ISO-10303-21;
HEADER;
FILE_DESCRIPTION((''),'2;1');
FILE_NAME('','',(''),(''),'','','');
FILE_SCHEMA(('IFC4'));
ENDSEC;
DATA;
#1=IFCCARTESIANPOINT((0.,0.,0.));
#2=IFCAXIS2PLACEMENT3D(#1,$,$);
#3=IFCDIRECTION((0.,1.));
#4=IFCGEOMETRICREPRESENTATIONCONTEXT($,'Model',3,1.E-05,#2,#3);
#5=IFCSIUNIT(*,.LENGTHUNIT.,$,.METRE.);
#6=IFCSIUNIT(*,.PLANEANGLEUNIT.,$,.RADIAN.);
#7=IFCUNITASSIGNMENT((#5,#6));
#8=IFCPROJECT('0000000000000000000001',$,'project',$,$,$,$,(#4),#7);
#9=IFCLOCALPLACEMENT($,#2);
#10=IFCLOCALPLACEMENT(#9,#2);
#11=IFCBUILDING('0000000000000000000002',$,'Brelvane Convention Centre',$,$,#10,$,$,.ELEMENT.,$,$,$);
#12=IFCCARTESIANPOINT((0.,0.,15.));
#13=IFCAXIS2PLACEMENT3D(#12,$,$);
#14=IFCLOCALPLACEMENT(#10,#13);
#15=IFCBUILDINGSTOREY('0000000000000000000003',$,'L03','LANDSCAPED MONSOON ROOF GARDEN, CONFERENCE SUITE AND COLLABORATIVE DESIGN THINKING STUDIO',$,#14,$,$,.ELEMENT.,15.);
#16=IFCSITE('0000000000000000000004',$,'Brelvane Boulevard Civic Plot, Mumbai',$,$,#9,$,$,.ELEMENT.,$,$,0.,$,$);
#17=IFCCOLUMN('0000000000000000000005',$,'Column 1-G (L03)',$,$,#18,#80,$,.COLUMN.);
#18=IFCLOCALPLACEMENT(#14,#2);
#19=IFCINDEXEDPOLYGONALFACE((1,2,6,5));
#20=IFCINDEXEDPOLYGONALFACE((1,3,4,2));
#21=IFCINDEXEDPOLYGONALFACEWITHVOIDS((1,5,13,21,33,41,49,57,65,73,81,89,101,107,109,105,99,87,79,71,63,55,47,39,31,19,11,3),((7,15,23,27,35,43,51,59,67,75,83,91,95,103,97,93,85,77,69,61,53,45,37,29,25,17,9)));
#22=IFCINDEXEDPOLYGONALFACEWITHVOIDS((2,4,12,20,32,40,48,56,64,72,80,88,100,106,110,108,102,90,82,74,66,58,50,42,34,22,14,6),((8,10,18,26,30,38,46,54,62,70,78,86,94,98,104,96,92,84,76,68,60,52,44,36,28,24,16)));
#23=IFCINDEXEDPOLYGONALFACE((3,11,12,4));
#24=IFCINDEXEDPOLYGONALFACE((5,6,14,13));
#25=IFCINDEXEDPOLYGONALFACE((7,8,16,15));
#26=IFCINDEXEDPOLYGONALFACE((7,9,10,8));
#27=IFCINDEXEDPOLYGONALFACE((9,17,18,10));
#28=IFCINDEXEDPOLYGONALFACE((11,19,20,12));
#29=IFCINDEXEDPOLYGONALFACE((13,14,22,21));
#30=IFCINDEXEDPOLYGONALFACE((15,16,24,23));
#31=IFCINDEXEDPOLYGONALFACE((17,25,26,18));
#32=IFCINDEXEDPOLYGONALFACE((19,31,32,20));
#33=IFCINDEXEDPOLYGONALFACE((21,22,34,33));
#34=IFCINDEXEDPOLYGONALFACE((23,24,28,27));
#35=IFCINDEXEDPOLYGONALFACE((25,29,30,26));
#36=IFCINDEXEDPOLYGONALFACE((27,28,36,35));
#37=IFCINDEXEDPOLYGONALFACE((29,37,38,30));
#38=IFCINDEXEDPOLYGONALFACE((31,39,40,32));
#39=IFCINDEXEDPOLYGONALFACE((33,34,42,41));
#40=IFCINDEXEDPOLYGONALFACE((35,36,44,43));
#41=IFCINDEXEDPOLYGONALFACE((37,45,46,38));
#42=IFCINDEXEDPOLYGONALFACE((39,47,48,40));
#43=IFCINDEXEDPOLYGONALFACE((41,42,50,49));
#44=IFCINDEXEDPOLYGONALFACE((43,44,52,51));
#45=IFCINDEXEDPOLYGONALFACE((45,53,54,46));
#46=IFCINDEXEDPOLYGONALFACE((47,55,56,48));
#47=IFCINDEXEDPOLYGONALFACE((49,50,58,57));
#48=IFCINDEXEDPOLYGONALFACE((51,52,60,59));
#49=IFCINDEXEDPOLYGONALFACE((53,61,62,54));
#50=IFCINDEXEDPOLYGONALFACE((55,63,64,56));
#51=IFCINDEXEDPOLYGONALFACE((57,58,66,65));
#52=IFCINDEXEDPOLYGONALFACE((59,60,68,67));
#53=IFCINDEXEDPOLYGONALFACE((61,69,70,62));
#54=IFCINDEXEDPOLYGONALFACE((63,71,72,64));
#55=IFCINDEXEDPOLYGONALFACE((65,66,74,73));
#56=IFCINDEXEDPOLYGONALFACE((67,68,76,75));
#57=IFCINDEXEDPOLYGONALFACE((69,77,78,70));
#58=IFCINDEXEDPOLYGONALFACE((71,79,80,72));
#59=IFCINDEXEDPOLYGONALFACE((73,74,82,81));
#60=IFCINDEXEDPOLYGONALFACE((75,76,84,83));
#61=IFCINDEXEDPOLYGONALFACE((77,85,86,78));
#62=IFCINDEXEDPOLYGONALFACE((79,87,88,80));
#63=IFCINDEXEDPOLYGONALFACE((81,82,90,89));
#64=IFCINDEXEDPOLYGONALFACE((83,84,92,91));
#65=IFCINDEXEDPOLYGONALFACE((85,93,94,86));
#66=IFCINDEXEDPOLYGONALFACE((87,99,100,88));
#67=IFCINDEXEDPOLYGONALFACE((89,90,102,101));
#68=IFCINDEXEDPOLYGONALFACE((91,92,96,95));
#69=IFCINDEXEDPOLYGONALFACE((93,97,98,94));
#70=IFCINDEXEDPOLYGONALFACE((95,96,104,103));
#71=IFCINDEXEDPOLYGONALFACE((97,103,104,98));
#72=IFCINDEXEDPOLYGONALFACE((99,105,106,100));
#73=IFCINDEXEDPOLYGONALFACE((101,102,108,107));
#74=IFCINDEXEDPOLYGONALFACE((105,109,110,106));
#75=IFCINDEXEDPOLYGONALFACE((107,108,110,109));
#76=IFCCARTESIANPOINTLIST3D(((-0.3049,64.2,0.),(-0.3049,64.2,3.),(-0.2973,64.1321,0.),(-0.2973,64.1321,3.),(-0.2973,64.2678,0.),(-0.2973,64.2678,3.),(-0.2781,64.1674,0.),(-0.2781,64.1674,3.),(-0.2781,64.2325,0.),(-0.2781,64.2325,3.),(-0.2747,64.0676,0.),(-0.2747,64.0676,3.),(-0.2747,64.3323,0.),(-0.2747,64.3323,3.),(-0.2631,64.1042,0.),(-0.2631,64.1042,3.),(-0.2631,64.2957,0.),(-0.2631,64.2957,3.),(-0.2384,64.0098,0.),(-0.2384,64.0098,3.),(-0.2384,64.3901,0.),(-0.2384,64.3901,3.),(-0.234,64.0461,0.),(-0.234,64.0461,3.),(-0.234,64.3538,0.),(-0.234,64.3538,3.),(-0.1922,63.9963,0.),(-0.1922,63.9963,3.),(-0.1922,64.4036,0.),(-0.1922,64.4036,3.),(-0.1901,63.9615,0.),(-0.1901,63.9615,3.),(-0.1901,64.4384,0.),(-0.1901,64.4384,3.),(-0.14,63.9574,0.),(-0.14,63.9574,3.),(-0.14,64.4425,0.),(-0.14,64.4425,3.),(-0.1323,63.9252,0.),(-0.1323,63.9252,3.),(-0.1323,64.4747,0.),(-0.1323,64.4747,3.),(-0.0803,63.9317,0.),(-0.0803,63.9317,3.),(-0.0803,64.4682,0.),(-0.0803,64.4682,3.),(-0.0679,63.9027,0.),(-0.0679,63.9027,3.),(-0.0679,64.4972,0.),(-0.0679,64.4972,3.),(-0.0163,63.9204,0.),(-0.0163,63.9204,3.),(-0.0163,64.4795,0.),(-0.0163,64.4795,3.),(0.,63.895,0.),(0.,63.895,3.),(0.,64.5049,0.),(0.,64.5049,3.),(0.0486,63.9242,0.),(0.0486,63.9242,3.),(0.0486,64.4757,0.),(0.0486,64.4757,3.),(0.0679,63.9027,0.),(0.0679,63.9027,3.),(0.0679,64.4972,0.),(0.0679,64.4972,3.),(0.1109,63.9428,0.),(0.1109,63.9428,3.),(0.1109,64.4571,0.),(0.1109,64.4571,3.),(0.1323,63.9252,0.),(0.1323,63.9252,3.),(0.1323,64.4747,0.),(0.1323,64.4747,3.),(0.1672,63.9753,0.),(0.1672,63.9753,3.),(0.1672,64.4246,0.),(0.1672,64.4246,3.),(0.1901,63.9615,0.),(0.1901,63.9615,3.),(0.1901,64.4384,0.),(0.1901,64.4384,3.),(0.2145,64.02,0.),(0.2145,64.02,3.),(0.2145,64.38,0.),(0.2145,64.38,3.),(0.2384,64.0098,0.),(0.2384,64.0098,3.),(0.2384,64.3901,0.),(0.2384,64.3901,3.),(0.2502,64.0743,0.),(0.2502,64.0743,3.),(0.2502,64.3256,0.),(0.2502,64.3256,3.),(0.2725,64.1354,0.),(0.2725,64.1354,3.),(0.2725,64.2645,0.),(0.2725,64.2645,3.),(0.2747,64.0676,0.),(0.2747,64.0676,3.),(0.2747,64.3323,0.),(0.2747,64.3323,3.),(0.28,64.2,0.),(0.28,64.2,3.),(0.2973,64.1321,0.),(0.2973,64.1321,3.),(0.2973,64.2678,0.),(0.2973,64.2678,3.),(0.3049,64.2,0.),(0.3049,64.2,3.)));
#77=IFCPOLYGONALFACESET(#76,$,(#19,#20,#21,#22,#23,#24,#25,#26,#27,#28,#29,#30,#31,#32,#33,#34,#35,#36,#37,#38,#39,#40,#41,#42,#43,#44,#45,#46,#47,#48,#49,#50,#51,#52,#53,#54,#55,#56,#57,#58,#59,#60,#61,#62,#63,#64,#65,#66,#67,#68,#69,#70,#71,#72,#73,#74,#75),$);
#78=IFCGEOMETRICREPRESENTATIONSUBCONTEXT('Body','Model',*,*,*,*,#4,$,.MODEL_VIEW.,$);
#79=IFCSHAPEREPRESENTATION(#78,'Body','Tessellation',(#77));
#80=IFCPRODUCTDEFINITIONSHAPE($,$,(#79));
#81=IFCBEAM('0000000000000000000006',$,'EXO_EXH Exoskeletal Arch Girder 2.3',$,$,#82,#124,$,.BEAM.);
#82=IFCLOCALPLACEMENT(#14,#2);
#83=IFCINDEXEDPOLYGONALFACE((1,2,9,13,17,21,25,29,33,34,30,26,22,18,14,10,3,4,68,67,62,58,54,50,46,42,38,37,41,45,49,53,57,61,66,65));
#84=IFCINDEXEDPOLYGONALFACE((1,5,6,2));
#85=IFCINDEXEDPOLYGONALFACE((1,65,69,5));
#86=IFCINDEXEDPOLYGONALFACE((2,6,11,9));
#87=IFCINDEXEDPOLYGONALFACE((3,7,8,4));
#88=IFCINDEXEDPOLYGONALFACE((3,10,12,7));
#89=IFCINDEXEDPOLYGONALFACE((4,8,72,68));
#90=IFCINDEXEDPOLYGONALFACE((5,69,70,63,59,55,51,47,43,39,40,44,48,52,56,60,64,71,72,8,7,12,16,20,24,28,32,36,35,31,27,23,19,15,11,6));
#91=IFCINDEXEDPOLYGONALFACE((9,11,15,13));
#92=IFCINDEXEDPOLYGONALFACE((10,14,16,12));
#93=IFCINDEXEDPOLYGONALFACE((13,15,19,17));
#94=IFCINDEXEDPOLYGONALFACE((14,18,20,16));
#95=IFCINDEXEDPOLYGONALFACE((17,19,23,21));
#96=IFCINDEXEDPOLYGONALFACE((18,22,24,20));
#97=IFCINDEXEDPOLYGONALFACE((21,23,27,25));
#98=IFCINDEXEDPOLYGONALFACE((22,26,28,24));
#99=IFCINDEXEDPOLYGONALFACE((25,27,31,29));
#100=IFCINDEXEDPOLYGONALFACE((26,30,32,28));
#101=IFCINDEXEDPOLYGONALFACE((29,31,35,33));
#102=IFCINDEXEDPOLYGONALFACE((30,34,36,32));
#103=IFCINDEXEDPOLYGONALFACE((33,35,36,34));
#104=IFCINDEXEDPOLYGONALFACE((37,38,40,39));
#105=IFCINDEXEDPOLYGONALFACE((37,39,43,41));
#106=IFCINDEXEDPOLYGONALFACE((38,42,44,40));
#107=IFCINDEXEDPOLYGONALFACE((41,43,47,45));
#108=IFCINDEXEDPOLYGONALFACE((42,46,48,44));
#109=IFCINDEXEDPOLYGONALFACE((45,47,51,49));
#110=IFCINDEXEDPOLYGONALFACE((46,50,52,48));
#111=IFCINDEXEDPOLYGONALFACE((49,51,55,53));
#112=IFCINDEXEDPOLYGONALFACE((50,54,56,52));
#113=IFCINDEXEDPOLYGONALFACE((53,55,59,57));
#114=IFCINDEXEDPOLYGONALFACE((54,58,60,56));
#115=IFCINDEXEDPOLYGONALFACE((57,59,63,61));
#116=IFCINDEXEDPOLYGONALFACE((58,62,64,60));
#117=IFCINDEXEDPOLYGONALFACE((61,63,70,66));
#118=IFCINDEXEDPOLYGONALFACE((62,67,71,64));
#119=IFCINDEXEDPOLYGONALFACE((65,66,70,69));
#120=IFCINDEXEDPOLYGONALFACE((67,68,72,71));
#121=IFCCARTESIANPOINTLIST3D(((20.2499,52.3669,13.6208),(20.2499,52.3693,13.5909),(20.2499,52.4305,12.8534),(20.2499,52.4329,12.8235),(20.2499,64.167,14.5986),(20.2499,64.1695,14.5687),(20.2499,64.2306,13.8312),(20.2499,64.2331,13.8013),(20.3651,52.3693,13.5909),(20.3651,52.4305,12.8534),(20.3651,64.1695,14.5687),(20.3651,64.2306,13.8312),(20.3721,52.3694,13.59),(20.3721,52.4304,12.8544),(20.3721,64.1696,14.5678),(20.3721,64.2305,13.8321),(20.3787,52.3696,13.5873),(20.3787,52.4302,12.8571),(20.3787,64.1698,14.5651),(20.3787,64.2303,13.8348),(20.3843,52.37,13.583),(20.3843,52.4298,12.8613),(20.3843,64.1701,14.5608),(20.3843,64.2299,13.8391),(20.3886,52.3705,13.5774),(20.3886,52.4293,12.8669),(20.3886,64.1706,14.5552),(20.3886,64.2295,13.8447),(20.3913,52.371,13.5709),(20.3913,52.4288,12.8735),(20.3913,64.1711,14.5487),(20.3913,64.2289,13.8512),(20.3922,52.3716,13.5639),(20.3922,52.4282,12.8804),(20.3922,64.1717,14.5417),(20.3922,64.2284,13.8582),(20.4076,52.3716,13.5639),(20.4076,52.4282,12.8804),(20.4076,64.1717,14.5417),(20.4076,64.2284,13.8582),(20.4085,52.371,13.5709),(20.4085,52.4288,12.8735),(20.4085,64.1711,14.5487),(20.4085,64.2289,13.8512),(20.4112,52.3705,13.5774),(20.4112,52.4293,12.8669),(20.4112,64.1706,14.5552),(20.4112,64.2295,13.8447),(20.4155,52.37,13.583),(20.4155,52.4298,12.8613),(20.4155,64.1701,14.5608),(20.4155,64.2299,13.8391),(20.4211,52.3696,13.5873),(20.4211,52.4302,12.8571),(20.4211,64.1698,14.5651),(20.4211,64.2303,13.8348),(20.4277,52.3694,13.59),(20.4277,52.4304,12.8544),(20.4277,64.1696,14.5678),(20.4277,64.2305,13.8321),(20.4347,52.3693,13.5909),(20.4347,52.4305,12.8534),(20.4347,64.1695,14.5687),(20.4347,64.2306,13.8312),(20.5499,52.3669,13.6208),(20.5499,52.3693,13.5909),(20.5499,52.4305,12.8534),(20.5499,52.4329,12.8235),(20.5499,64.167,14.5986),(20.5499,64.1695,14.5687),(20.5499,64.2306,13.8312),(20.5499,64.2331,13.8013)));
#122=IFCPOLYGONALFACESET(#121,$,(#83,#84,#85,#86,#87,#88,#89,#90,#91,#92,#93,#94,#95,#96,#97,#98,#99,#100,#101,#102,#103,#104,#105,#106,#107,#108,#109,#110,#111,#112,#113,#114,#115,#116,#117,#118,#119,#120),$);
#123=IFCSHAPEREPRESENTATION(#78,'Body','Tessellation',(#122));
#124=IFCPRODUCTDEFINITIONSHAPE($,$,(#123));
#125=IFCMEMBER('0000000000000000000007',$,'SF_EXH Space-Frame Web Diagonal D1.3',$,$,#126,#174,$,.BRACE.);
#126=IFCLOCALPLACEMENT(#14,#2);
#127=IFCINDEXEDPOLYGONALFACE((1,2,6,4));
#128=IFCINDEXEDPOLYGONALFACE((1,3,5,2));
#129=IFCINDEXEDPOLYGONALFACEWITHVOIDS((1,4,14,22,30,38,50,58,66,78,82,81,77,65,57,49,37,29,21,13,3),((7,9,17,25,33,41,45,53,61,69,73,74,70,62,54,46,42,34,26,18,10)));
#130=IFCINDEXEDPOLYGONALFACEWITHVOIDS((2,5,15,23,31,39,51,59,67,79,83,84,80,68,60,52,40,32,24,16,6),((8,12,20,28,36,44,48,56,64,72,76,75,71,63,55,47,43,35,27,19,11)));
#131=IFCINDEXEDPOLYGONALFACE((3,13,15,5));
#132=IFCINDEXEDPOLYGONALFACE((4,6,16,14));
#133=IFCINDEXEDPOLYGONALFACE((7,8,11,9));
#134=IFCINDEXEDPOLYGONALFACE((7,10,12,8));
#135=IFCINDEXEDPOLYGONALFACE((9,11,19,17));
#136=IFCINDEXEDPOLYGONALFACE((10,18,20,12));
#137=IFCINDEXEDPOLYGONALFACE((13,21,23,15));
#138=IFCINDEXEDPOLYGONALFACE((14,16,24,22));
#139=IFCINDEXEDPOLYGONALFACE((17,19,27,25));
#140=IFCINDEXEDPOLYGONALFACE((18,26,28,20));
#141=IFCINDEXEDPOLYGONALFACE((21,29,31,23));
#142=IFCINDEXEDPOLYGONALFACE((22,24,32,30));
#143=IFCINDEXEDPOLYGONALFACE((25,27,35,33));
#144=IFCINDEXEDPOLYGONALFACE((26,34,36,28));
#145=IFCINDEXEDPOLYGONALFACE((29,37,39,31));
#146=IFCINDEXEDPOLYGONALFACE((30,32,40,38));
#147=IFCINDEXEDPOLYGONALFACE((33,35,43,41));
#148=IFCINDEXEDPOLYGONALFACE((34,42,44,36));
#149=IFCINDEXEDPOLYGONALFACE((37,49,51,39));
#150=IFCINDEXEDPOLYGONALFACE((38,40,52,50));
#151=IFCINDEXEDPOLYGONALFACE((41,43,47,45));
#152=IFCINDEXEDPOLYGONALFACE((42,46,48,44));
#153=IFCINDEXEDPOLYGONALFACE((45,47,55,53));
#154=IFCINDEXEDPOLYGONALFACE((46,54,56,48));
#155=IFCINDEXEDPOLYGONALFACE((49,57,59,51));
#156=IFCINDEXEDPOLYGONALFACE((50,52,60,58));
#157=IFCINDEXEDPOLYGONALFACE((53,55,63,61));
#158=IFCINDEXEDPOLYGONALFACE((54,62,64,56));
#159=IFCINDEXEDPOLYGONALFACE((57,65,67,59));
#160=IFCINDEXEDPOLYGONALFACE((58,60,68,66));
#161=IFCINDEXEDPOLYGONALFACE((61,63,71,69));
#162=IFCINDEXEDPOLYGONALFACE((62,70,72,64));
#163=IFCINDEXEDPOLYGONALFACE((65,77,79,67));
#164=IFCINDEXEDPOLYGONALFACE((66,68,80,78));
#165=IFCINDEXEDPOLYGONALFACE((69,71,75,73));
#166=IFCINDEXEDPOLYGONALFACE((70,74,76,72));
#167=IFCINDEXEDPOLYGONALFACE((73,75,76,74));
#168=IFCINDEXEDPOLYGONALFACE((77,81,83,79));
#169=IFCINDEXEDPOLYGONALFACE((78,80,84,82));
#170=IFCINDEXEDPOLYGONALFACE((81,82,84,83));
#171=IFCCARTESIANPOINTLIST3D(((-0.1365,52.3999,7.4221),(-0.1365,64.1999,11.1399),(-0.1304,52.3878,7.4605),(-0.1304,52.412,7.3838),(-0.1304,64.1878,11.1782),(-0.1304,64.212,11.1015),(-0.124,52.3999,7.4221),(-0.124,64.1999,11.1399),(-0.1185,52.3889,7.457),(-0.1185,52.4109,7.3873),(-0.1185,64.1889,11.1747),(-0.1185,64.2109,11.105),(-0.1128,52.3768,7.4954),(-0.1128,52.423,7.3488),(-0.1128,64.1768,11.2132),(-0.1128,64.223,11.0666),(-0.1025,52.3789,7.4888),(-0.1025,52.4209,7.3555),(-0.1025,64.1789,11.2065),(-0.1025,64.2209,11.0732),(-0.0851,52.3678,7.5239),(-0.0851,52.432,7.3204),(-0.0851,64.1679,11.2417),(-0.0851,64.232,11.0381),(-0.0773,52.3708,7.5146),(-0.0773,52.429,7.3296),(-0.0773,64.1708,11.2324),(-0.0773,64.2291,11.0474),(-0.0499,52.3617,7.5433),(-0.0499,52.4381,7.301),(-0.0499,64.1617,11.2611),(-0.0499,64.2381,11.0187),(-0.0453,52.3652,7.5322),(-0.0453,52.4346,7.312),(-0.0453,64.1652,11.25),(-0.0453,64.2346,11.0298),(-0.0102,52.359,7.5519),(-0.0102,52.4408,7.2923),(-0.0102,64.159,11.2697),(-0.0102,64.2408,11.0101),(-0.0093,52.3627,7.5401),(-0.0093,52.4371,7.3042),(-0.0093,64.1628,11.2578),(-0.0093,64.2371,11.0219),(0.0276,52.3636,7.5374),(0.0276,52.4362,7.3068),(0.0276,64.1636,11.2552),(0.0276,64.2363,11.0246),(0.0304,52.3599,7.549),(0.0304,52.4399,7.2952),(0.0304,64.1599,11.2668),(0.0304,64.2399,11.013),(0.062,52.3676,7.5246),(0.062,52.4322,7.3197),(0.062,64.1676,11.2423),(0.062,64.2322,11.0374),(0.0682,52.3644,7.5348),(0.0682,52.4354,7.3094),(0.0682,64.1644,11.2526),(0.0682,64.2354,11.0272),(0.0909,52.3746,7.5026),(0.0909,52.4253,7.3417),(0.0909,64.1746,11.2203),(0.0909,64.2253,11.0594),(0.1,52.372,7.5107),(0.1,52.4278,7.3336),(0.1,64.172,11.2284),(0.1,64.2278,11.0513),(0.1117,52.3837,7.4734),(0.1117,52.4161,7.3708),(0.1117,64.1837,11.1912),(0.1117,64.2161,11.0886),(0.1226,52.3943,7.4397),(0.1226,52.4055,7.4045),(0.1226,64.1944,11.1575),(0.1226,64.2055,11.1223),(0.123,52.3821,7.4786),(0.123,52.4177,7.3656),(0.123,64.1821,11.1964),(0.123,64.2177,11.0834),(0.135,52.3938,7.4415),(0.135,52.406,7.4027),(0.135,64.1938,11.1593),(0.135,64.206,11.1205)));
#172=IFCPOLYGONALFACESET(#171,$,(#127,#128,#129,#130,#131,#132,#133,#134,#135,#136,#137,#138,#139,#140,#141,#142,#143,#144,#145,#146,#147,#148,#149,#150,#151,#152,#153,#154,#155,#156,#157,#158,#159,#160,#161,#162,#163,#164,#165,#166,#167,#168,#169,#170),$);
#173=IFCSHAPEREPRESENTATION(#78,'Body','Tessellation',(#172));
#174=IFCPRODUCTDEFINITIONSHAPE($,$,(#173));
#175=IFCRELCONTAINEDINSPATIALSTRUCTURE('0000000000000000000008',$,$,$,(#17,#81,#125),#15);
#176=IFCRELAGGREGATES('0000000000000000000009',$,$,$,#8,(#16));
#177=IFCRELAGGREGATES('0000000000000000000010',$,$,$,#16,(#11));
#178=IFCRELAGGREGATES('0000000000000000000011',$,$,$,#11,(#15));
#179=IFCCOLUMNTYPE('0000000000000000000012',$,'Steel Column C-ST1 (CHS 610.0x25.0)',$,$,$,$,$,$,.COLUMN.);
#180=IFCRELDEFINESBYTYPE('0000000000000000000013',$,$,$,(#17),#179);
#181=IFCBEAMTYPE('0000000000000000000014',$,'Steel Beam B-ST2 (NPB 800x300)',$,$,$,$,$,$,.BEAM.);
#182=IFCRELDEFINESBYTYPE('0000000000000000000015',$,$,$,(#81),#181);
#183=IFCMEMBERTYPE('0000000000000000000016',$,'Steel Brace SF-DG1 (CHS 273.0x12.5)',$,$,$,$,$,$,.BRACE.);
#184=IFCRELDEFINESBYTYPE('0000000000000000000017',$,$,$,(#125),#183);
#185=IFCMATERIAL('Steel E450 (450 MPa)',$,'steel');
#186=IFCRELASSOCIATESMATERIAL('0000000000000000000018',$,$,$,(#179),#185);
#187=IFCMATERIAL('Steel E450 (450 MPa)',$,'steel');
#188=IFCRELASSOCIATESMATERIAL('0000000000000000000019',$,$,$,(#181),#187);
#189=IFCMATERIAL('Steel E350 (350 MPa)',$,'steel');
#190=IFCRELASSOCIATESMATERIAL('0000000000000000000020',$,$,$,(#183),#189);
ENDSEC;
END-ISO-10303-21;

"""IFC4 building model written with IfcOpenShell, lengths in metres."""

from ifc_helpers import new_model, si_unit, direction, frame, origin, origin_2d, place, context, subcontext, project, spatial, hollow_circle, i_section, extrude, material, material_profile, profile_set, type_object, element, save


model = new_model("IFC4")

# Units and contexts
model_context = context("Model", 3, precision=1e-05, world=origin(), true_north=direction((0.0, 1.0)))
body_context = subcontext(model_context, "Body", "Model", "MODEL_VIEW")
ifc_project = project(units=[si_unit("LENGTHUNIT", "METRE"), si_unit("PLANEANGLEUNIT", "RADIAN")], contexts=[model_context])

# Site, building, storey
site_placement = place(None, origin())
site = spatial("IfcSite", under=ifc_project, at=site_placement, Name="Brelvane Boulevard Civic Plot, Mumbai", CompositionType="ELEMENT", RefElevation=0.0)
building_placement = place(site_placement, origin())
building = spatial("IfcBuilding", under=site, at=building_placement, Name="Brelvane Convention Centre", CompositionType="ELEMENT")
storey_placement = place(building_placement, frame((0.0, 0.0, 15.0)))
storey = spatial("IfcBuildingStorey", under=building, at=storey_placement, Name="L03", Description="LANDSCAPED MONSOON ROOF GARDEN, CONFERENCE SUITE AND COLLABORATIVE DESIGN THINKING STUDIO", CompositionType="ELEMENT", Elevation=15.0)

# Column
ifc_material_1 = material(Name="Steel E450 (450 MPa)", Category="steel")
ifc_material_profile_1 = material_profile(ifc_material_1, hollow_circle(Radius=0.3049, WallThickness=0.0249, at=origin_2d()), Name="CHS 610.0x25.0")
ifc_profile_set_1 = profile_set([ifc_material_profile_1], Name="Steel E450 (450 MPa)")
column_type = type_object("IfcColumnType", Name="Steel Column C-ST1 (CHS 610.0x25.0)", PredefinedType="COLUMN", material=ifc_profile_set_1)
column_placement = place(storey_placement, frame((0.0, 64.2, 0.0), z_axis=(0.0, 0.0, 1.0), x_axis=(1.0, 0.0, 0.0)))
element("IfcColumn", 1, at=column_placement, inside=storey, type_object=column_type, Name="Column 1-G (L03)", PredefinedType="COLUMN", context=body_context, shape_type="SweptSolid", body=[
    extrude(hollow_circle(Radius=0.3049, WallThickness=0.0249, at=origin_2d()), origin(), (0.0, 0.0, 1.0), 3.0),
])

# Beam
ifc_material_2 = material(Name="Steel E450 (450 MPa)", Category="steel")
ifc_material_profile_2 = material_profile(ifc_material_2, i_section(OverallWidth=0.3, OverallDepth=0.8, WebThickness=0.0154, FlangeThickness=0.03, FilletRadius=0.0271, at=origin_2d()), Name="NPB 800x300")
ifc_profile_set_2 = profile_set([ifc_material_profile_2], Name="Steel E450 (450 MPa)")
beam_type_1 = type_object("IfcBeamType", Name="Steel Beam B-ST2 (NPB 800x300)", PredefinedType="BEAM", material=ifc_profile_set_2)
beam_1_placement = place(storey_placement, frame((20.3999, 52.3999, 13.2222), z_axis=(0.0, 0.996584, 0.08258), x_axis=(-1.0, 0.0, 0.0)))
element("IfcBeam", 2, at=beam_1_placement, inside=storey, type_object=beam_type_1, Name="EXO_EXH Exoskeletal Arch Girder 2.3", PredefinedType="BEAM", context=body_context, shape_type="SweptSolid", body=[
    extrude(i_section(OverallWidth=0.3, OverallDepth=0.8, WebThickness=0.0154, FlangeThickness=0.03, FilletRadius=0.0271, at=origin_2d()), origin(), (0.0, 0.0, 1.0), 11.8406),
])

# Member
ifc_material_3 = material(Name="Steel E350 (350 MPa)", Category="steel")
ifc_material_profile_3 = material_profile(ifc_material_3, hollow_circle(Radius=0.1365, WallThickness=0.0125, at=origin_2d()), Name="CHS 273.0x12.5")
ifc_profile_set_3 = profile_set([ifc_material_profile_3], Name="Steel E350 (350 MPa)")
member_type_1 = type_object("IfcMemberType", Name="Steel Brace SF-DG1 (CHS 273.0x12.5)", PredefinedType="BRACE", material=ifc_profile_set_3)
member_1_placement = place(storey_placement, frame((0.0, 52.3999, 7.4221), z_axis=(0.0, 0.953781, 0.300502), x_axis=(-1.0, 0.0, 0.0)))
element("IfcMember", 3, at=member_1_placement, inside=storey, type_object=member_type_1, Name="SF_EXH Space-Frame Web Diagonal D1.3", PredefinedType="BRACE", context=body_context, shape_type="SweptSolid", body=[
    extrude(hollow_circle(Radius=0.1365, WallThickness=0.0125, at=origin_2d()), origin(), (0.0, 0.0, 1.0), 12.3718),
])

save(model, "model.ifc")
